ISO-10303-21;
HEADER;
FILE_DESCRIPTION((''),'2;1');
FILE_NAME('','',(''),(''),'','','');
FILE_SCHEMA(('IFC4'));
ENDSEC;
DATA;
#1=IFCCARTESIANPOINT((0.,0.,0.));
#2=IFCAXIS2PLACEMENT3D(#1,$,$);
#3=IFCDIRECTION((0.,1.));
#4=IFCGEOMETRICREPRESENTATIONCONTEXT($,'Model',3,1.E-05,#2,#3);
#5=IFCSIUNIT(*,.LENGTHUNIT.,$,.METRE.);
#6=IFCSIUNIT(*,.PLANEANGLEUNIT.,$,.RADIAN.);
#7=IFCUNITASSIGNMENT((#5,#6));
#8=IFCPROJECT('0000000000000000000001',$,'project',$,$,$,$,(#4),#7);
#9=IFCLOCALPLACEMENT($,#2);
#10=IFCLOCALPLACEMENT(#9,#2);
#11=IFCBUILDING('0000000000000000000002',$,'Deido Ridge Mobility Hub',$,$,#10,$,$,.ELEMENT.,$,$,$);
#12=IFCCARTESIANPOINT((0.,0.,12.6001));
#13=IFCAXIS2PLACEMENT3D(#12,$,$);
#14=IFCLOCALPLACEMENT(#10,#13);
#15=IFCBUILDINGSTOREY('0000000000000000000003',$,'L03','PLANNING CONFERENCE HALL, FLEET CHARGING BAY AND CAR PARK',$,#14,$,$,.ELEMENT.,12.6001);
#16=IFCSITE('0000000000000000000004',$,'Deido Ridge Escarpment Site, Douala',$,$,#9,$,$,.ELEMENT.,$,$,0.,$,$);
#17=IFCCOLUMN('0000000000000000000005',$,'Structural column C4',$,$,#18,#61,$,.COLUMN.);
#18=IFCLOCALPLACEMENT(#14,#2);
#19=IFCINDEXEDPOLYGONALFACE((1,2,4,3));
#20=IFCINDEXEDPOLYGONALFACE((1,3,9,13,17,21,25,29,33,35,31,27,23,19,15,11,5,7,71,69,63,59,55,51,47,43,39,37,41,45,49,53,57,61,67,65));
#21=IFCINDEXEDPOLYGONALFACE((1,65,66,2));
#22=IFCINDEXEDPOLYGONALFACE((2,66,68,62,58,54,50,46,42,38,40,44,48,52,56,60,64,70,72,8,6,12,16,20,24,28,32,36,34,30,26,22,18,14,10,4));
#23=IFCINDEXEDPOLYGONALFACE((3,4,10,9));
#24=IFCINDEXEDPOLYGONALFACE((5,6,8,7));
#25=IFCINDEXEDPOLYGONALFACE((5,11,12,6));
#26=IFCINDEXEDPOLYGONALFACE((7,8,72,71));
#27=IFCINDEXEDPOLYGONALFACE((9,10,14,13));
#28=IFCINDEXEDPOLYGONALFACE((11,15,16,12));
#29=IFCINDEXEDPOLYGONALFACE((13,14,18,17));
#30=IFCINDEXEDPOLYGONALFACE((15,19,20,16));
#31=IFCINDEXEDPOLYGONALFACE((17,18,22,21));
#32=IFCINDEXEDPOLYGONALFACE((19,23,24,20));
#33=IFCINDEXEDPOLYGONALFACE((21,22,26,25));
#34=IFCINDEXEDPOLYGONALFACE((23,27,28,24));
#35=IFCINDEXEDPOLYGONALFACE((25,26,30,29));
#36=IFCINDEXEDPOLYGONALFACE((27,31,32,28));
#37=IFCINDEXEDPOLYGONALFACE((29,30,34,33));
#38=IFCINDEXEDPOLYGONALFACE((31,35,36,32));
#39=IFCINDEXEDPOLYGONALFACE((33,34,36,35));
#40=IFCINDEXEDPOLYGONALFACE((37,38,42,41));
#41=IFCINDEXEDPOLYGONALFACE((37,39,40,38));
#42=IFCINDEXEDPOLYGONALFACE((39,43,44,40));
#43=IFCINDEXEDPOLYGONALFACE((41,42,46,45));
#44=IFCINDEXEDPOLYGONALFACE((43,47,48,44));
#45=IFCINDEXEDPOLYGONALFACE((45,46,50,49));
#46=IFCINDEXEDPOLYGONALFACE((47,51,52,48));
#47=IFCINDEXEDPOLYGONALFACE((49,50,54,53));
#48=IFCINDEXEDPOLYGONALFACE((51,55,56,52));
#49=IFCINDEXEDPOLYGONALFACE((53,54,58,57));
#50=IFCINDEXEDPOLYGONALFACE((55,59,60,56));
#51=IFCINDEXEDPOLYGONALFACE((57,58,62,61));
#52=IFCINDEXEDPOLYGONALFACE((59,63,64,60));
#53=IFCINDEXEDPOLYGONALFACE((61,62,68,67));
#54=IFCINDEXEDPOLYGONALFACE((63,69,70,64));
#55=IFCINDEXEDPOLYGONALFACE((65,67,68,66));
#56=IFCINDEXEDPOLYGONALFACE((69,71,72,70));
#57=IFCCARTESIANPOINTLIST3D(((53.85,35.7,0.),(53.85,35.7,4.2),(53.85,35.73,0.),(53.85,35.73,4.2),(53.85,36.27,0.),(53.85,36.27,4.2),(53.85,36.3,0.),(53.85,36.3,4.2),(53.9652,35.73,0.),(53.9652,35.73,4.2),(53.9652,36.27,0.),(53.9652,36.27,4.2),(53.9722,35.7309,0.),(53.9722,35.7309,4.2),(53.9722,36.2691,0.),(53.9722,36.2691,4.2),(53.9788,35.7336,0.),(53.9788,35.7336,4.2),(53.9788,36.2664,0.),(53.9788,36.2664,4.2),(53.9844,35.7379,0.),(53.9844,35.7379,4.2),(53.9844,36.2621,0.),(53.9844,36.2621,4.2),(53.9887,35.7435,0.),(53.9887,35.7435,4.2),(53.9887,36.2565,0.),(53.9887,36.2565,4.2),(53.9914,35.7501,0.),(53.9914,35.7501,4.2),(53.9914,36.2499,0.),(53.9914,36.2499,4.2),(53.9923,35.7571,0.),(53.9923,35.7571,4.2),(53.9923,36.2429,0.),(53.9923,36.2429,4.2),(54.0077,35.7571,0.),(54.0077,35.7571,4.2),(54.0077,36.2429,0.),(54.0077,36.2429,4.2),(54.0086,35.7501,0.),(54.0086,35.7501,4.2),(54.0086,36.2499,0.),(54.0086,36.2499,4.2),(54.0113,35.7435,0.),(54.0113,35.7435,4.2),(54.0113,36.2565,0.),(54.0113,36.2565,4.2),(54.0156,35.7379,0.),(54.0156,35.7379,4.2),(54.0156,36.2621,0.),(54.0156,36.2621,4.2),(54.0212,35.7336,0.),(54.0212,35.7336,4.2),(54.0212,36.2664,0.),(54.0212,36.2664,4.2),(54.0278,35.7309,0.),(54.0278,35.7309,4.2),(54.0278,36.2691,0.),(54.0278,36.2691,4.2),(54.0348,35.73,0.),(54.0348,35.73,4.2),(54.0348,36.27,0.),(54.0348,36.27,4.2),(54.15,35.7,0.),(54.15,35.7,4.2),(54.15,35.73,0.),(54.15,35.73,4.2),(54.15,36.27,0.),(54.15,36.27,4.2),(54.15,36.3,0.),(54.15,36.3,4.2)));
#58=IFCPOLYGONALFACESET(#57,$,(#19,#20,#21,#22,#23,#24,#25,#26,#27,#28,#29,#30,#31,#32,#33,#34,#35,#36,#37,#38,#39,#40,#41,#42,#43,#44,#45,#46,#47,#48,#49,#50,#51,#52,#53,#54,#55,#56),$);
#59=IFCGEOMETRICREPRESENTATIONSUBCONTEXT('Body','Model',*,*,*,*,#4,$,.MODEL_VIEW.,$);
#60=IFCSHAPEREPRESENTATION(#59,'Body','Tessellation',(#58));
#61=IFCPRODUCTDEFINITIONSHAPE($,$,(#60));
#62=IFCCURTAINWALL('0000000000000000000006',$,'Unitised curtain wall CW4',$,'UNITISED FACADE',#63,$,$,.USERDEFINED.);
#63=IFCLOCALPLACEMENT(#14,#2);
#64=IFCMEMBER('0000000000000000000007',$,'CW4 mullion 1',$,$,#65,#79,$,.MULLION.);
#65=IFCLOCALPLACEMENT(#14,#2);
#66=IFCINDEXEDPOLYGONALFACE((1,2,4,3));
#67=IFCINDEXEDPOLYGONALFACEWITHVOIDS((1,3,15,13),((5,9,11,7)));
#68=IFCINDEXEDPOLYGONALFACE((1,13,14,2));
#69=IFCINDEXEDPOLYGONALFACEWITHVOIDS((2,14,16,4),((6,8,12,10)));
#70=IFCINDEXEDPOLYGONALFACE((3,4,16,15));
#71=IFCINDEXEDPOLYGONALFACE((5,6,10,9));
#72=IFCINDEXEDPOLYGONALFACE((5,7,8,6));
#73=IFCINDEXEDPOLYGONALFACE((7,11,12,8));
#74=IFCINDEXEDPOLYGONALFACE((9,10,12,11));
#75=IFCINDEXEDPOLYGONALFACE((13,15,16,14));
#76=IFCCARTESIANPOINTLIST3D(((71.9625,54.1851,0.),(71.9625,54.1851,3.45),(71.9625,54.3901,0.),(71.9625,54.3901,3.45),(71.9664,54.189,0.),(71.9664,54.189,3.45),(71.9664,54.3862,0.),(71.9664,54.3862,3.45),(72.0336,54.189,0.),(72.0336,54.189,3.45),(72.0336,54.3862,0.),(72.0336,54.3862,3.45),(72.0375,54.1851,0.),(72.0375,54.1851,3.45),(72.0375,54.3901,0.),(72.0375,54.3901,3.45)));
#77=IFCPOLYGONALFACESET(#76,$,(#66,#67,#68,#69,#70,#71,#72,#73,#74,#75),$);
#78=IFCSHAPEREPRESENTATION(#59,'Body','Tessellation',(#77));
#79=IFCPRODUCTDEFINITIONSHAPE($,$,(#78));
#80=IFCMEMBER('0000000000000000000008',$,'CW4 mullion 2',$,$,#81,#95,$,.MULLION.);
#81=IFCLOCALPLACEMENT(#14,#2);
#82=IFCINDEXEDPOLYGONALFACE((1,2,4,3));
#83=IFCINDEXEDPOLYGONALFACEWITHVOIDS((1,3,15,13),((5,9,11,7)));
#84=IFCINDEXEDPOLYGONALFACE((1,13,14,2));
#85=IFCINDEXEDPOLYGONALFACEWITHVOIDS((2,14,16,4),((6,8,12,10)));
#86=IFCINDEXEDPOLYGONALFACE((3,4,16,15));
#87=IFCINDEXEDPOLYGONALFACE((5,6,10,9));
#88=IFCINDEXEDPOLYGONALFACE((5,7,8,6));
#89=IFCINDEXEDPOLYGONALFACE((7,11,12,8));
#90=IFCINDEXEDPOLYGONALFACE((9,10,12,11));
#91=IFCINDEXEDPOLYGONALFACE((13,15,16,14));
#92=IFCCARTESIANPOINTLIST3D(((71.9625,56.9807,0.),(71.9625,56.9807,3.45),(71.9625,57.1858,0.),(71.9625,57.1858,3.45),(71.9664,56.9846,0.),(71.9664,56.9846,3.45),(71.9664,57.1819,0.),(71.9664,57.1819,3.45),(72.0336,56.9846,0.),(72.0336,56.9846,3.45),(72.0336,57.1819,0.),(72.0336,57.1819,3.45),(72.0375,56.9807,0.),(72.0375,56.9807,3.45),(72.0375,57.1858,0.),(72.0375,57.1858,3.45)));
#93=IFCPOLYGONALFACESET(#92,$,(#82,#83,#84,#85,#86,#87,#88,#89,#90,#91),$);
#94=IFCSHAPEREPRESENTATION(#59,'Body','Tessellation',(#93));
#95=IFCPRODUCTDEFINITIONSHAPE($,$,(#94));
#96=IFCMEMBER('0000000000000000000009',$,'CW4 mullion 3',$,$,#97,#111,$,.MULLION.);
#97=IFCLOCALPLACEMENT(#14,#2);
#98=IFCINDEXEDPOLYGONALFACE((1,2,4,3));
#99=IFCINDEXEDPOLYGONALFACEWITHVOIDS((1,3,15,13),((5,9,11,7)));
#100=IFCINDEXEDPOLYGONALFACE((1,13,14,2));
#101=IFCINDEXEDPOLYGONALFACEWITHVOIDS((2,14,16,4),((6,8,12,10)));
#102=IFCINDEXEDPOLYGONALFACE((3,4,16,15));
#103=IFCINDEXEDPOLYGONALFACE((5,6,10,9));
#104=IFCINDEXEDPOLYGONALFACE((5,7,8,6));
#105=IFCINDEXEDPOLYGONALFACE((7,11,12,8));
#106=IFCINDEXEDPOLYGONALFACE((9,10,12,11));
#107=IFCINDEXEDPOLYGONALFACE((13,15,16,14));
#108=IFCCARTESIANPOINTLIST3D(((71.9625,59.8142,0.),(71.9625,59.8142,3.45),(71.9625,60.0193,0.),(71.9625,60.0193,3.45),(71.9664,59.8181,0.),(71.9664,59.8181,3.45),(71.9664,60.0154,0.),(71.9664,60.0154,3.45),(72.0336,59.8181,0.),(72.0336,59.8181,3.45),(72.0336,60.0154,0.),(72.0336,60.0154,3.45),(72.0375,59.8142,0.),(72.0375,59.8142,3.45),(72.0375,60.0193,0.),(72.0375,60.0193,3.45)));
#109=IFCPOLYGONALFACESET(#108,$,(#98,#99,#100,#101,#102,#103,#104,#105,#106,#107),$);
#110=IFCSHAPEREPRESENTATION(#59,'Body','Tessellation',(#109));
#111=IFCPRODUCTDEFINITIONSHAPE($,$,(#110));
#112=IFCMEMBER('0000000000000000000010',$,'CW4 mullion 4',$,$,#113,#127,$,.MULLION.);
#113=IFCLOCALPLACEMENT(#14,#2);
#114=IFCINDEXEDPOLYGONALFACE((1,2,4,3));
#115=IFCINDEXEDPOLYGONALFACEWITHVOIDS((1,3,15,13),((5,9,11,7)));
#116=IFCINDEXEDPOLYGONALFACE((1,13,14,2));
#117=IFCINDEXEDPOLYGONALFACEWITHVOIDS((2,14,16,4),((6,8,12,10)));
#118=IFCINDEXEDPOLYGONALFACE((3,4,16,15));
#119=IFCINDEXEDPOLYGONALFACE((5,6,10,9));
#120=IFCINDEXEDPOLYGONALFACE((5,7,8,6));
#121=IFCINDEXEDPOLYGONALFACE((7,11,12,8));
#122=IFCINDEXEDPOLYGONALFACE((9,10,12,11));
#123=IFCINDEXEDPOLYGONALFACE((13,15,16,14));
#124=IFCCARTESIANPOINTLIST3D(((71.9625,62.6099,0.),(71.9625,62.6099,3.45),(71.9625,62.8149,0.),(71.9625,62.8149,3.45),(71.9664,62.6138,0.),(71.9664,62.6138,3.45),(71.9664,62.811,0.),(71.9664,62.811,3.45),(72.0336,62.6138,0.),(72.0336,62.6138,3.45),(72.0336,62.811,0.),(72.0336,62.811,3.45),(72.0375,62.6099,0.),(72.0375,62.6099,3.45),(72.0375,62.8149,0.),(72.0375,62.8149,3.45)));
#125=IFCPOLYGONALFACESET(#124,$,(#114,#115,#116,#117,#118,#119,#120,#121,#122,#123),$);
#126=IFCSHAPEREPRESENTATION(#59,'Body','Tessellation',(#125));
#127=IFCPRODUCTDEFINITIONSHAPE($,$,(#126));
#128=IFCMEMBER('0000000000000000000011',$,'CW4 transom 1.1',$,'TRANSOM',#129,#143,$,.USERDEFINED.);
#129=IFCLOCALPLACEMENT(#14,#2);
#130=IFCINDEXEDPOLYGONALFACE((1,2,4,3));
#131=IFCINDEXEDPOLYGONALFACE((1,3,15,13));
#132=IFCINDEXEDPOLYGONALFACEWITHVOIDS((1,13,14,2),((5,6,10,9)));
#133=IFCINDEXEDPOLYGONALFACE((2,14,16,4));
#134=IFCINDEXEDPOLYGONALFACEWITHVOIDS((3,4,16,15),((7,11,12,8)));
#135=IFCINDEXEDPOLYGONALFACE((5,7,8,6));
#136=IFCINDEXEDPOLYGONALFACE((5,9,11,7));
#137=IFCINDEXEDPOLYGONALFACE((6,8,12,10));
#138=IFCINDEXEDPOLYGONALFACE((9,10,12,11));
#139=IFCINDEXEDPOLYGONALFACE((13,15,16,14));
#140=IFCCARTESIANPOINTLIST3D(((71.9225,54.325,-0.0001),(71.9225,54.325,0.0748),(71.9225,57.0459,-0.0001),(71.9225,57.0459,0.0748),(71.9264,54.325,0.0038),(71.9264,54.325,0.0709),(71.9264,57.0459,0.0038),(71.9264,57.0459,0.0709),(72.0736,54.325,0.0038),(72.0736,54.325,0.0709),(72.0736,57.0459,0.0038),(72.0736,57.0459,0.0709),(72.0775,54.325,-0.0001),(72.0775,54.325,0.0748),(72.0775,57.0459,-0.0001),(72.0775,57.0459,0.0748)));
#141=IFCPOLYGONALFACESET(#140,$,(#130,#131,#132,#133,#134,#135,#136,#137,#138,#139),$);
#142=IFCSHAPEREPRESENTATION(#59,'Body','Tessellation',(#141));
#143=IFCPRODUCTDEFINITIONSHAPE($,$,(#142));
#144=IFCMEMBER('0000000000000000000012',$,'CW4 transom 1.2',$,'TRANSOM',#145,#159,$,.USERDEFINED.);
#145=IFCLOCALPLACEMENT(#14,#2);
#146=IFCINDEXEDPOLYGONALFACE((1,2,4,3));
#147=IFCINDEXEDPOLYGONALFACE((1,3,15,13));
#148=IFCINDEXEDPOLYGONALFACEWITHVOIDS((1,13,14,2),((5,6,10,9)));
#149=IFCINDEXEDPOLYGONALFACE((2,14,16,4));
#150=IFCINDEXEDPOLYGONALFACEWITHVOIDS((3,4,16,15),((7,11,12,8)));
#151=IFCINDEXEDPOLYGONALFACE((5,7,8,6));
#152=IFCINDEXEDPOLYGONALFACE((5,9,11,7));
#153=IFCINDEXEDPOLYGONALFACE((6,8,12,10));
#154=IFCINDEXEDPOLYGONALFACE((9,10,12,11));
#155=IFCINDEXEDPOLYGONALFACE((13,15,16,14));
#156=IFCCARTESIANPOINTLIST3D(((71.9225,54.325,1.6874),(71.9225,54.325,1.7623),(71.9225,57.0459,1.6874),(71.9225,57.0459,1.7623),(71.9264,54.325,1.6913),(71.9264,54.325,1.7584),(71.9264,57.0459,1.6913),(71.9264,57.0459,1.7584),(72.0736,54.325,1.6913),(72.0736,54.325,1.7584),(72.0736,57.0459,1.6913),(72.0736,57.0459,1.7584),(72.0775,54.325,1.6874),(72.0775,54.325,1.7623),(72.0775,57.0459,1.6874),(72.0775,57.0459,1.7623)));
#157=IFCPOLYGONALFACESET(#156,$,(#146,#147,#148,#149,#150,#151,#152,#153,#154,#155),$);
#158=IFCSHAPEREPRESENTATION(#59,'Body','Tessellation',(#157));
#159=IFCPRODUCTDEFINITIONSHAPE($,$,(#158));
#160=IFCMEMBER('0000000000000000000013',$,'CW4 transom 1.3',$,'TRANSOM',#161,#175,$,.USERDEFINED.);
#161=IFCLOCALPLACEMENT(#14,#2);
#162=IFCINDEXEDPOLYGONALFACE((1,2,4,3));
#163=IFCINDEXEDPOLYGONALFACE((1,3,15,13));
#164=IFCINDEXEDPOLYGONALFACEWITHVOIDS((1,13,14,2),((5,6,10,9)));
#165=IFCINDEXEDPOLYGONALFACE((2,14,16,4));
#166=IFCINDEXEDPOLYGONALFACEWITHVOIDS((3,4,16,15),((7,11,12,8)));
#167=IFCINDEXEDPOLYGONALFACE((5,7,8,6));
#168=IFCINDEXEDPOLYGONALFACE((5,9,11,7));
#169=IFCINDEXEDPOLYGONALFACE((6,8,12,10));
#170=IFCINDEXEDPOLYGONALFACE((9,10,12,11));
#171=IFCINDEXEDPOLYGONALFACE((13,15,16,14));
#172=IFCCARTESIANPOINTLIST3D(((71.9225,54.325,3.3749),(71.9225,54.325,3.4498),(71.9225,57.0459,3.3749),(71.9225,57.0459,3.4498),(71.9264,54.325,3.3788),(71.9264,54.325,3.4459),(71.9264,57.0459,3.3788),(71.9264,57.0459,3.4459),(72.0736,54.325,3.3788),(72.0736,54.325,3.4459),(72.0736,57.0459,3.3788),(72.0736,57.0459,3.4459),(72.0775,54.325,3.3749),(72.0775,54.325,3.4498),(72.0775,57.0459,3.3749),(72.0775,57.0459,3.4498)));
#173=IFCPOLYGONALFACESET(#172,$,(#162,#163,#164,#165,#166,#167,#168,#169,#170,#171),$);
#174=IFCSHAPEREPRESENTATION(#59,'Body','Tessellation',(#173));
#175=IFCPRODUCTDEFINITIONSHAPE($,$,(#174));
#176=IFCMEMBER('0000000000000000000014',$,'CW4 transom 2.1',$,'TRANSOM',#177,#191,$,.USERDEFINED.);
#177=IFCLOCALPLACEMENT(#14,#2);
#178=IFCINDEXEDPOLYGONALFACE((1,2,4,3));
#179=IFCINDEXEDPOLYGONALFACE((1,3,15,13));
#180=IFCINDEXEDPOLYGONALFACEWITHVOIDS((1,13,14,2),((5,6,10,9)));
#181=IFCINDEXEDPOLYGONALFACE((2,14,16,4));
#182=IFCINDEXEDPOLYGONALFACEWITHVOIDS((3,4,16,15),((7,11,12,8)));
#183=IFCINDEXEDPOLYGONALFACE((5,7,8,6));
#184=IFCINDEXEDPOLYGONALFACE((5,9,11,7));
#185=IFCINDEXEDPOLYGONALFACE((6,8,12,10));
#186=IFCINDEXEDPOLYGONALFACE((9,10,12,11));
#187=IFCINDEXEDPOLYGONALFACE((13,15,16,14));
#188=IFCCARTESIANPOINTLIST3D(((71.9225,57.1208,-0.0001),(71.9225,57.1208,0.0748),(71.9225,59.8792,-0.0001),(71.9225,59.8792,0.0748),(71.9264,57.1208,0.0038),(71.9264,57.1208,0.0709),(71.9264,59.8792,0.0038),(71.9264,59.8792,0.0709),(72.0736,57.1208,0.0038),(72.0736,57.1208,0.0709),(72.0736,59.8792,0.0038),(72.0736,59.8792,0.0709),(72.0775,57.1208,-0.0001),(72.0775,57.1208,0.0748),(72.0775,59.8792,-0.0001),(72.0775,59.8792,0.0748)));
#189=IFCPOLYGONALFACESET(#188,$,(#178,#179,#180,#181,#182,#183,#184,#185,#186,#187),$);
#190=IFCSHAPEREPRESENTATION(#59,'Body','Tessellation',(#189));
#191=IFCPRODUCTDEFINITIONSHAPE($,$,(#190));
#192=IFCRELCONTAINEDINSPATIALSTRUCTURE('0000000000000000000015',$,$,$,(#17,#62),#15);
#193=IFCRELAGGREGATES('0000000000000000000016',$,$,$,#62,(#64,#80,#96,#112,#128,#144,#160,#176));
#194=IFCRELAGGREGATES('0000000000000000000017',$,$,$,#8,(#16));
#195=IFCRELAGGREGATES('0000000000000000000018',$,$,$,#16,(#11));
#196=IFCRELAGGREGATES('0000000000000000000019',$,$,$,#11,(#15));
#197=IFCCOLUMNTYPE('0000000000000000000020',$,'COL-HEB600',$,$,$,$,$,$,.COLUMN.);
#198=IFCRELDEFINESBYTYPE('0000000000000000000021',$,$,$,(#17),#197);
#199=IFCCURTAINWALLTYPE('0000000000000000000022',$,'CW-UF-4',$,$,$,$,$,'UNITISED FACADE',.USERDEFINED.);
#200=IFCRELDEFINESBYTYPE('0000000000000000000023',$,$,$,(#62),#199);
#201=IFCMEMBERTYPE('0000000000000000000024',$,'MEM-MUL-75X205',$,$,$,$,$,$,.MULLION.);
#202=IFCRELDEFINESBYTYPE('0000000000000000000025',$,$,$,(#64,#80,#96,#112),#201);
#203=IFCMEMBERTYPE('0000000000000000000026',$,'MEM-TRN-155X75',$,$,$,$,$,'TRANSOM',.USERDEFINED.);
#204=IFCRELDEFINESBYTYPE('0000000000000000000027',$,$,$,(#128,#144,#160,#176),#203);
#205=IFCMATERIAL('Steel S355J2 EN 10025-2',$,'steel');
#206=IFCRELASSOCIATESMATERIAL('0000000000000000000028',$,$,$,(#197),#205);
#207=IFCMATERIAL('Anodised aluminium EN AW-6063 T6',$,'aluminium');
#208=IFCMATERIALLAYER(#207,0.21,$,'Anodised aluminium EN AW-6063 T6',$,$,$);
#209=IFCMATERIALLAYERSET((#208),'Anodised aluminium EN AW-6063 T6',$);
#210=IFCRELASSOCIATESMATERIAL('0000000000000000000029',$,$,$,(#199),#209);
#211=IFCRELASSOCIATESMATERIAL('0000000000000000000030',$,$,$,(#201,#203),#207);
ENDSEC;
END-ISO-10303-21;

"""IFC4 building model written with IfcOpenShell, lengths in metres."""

from ifc_helpers import new_model, si_unit, direction, frame, origin, origin_2d, place, context, subcontext, project, spatial, hollow_rectangle, i_section, extrude, material, layer, layer_set, material_profile, profile_set, type_object, element, aggregate, save


model = new_model("IFC4")

# Units and contexts
model_context = context("Model", 3, precision=1e-05, world=origin(), true_north=direction((0.0, 1.0)))
body_context = subcontext(model_context, "Body", "Model", "MODEL_VIEW")
ifc_project = project(units=[si_unit("LENGTHUNIT", "METRE"), si_unit("PLANEANGLEUNIT", "RADIAN")], contexts=[model_context])

# Site, building, storey
site_placement = place(None, origin())
site = spatial("IfcSite", under=ifc_project, at=site_placement, Name="Deido Ridge Escarpment Site, Douala", CompositionType="ELEMENT", RefElevation=0.0)
building_placement = place(site_placement, origin())
building = spatial("IfcBuilding", under=site, at=building_placement, Name="Deido Ridge Mobility Hub", CompositionType="ELEMENT")
storey_placement = place(building_placement, frame((0.0, 0.0, 12.6001)))
storey = spatial("IfcBuildingStorey", under=building, at=storey_placement, Name="L03", Description="PLANNING CONFERENCE HALL, FLEET CHARGING BAY AND CAR PARK", CompositionType="ELEMENT", Elevation=12.6001)

# Column
ifc_material_1 = material(Name="Steel S355J2 EN 10025-2", Category="steel")
ifc_material_profile_1 = material_profile(ifc_material_1, i_section(OverallWidth=0.3, OverallDepth=0.6001, WebThickness=0.0154, FlangeThickness=0.03, FilletRadius=0.0271, at=origin_2d()), Name="HEB 600")
ifc_profile_set_1 = profile_set([ifc_material_profile_1], Name="Steel S355J2 EN 10025-2")
column_type_1 = type_object("IfcColumnType", Name="COL-HEB600", PredefinedType="COLUMN", material=ifc_profile_set_1)
column_placement = place(storey_placement, frame((54.0, 36.0, 0.0), z_axis=(0.0, 0.0, 1.0), x_axis=(1.0, 0.0, 0.0)))
element("IfcColumn", 1, at=column_placement, inside=storey, type_object=column_type_1, Name="Structural column C4", PredefinedType="COLUMN", context=body_context, shape_type="SweptSolid", body=[
    extrude(i_section(OverallWidth=0.3, OverallDepth=0.6001, WebThickness=0.0154, FlangeThickness=0.03, FilletRadius=0.0271, at=origin_2d()), origin(), (0.0, 0.0, 1.0), 4.2),
])

# Curtain wall, members
ifc_material_2 = material(Name="Anodised aluminium EN AW-6063 T6", Category="aluminium")
ifc_layer_1 = layer(ifc_material_2, 0.21, Name="Anodised aluminium EN AW-6063 T6")
ifc_layer_set_1 = layer_set([ifc_layer_1], Name="Anodised aluminium EN AW-6063 T6")
curtain_wall_type = type_object("IfcCurtainWallType", Name="CW-UF-4", ElementType="UNITISED FACADE", PredefinedType="USERDEFINED", material=ifc_layer_set_1)
curtain_wall_placement = place(storey_placement, origin())
curtain_wall = element("IfcCurtainWall", 2, at=curtain_wall_placement, inside=storey, type_object=curtain_wall_type, Name="Unitised curtain wall CW4", ObjectType="UNITISED FACADE", PredefinedType="USERDEFINED")
ifc_material_profile_2 = material_profile(ifc_material_2, hollow_rectangle(XDim=0.075, YDim=0.2051, WallThickness=0.0039, at=origin_2d()), Name="RHS 75x205x4")
ifc_profile_set_2 = profile_set([ifc_material_profile_2], Name="Anodised aluminium EN AW-6063 T6")
member_type_1 = type_object("IfcMemberType", Name="MEM-MUL-75X205", PredefinedType="MULLION", material=ifc_profile_set_2)
member_1_placement = place(storey_placement, frame((72.0, 54.2876, 0.0), z_axis=(0.0, 0.0, 1.0), x_axis=(-1.0, 0.0, 0.0)))
member_1 = element("IfcMember", 3, at=member_1_placement, type_object=member_type_1, Name="CW4 mullion 1", PredefinedType="MULLION", context=body_context, shape_type="SweptSolid", body=[
    extrude(hollow_rectangle(XDim=0.075, YDim=0.2051, WallThickness=0.0039, at=origin_2d()), origin(), (0.0, 0.0, 1.0), 3.45),
])
member_2_placement = place(storey_placement, frame((72.0, 57.0833, 0.0), z_axis=(0.0, 0.0, 1.0), x_axis=(-1.0, 0.0, 0.0)))
member_2 = element("IfcMember", 4, at=member_2_placement, type_object=member_type_1, Name="CW4 mullion 2", PredefinedType="MULLION", context=body_context, shape_type="SweptSolid", body=[
    extrude(hollow_rectangle(XDim=0.075, YDim=0.2051, WallThickness=0.0039, at=origin_2d()), origin(), (0.0, 0.0, 1.0), 3.45),
])
member_3_placement = place(storey_placement, frame((72.0, 59.9167, 0.0), z_axis=(0.0, 0.0, 1.0), x_axis=(-1.0, 0.0, 0.0)))
member_3 = element("IfcMember", 5, at=member_3_placement, type_object=member_type_1, Name="CW4 mullion 3", PredefinedType="MULLION", context=body_context, shape_type="SweptSolid", body=[
    extrude(hollow_rectangle(XDim=0.075, YDim=0.2051, WallThickness=0.0039, at=origin_2d()), origin(), (0.0, 0.0, 1.0), 3.45),
])
member_4_placement = place(storey_placement, frame((72.0, 62.7124, 0.0), z_axis=(0.0, 0.0, 1.0), x_axis=(-1.0, 0.0, 0.0)))
member_4 = element("IfcMember", 6, at=member_4_placement, type_object=member_type_1, Name="CW4 mullion 4", PredefinedType="MULLION", context=body_context, shape_type="SweptSolid", body=[
    extrude(hollow_rectangle(XDim=0.075, YDim=0.2051, WallThickness=0.0039, at=origin_2d()), origin(), (0.0, 0.0, 1.0), 3.45),
])
ifc_material_profile_3 = material_profile(ifc_material_2, hollow_rectangle(XDim=0.155, YDim=0.075, WallThickness=0.0039, at=origin_2d()), Name="RHS 155x75x4")
ifc_profile_set_3 = profile_set([ifc_material_profile_3], Name="Anodised aluminium EN AW-6063 T6")
member_type_2 = type_object("IfcMemberType", Name="MEM-TRN-155X75", ElementType="TRANSOM", PredefinedType="USERDEFINED", material=ifc_profile_set_3)
member_5_placement = place(storey_placement, frame((72.0, 54.325, 0.0374), z_axis=(0.0, 1.0, 0.0), x_axis=(-1.0, 0.0, 0.0)))
member_5 = element("IfcMember", 7, at=member_5_placement, type_object=member_type_2, Name="CW4 transom 1.1", ObjectType="TRANSOM", PredefinedType="USERDEFINED", context=body_context, shape_type="SweptSolid", body=[
    extrude(hollow_rectangle(XDim=0.155, YDim=0.075, WallThickness=0.0039, at=origin_2d()), origin(), (0.0, 0.0, 1.0), 2.7209),
])
member_6_placement = place(storey_placement, frame((72.0, 54.325, 1.7249), z_axis=(0.0, 1.0, 0.0), x_axis=(-1.0, 0.0, 0.0)))
member_6 = element("IfcMember", 8, at=member_6_placement, type_object=member_type_2, Name="CW4 transom 1.2", ObjectType="TRANSOM", PredefinedType="USERDEFINED", context=body_context, shape_type="SweptSolid", body=[
    extrude(hollow_rectangle(XDim=0.155, YDim=0.075, WallThickness=0.0039, at=origin_2d()), origin(), (0.0, 0.0, 1.0), 2.7209),
])
member_7_placement = place(storey_placement, frame((72.0, 54.325, 3.4124), z_axis=(0.0, 1.0, 0.0), x_axis=(-1.0, 0.0, 0.0)))
member_7 = element("IfcMember", 9, at=member_7_placement, type_object=member_type_2, Name="CW4 transom 1.3", ObjectType="TRANSOM", PredefinedType="USERDEFINED", context=body_context, shape_type="SweptSolid", body=[
    extrude(hollow_rectangle(XDim=0.155, YDim=0.075, WallThickness=0.0039, at=origin_2d()), origin(), (0.0, 0.0, 1.0), 2.7209),
])
member_8_placement = place(storey_placement, frame((72.0, 57.1208, 0.0374), z_axis=(0.0, 1.0, 0.0), x_axis=(-1.0, 0.0, 0.0)))
member_8 = element("IfcMember", 10, at=member_8_placement, type_object=member_type_2, Name="CW4 transom 2.1", ObjectType="TRANSOM", PredefinedType="USERDEFINED", context=body_context, shape_type="SweptSolid", body=[
    extrude(hollow_rectangle(XDim=0.155, YDim=0.075, WallThickness=0.0039, at=origin_2d()), origin(), (0.0, 0.0, 1.0), 2.7583),
])

aggregate(curtain_wall, [member_1, member_2, member_3, member_4, member_5, member_6, member_7, member_8])

save(model, "model.ifc")
